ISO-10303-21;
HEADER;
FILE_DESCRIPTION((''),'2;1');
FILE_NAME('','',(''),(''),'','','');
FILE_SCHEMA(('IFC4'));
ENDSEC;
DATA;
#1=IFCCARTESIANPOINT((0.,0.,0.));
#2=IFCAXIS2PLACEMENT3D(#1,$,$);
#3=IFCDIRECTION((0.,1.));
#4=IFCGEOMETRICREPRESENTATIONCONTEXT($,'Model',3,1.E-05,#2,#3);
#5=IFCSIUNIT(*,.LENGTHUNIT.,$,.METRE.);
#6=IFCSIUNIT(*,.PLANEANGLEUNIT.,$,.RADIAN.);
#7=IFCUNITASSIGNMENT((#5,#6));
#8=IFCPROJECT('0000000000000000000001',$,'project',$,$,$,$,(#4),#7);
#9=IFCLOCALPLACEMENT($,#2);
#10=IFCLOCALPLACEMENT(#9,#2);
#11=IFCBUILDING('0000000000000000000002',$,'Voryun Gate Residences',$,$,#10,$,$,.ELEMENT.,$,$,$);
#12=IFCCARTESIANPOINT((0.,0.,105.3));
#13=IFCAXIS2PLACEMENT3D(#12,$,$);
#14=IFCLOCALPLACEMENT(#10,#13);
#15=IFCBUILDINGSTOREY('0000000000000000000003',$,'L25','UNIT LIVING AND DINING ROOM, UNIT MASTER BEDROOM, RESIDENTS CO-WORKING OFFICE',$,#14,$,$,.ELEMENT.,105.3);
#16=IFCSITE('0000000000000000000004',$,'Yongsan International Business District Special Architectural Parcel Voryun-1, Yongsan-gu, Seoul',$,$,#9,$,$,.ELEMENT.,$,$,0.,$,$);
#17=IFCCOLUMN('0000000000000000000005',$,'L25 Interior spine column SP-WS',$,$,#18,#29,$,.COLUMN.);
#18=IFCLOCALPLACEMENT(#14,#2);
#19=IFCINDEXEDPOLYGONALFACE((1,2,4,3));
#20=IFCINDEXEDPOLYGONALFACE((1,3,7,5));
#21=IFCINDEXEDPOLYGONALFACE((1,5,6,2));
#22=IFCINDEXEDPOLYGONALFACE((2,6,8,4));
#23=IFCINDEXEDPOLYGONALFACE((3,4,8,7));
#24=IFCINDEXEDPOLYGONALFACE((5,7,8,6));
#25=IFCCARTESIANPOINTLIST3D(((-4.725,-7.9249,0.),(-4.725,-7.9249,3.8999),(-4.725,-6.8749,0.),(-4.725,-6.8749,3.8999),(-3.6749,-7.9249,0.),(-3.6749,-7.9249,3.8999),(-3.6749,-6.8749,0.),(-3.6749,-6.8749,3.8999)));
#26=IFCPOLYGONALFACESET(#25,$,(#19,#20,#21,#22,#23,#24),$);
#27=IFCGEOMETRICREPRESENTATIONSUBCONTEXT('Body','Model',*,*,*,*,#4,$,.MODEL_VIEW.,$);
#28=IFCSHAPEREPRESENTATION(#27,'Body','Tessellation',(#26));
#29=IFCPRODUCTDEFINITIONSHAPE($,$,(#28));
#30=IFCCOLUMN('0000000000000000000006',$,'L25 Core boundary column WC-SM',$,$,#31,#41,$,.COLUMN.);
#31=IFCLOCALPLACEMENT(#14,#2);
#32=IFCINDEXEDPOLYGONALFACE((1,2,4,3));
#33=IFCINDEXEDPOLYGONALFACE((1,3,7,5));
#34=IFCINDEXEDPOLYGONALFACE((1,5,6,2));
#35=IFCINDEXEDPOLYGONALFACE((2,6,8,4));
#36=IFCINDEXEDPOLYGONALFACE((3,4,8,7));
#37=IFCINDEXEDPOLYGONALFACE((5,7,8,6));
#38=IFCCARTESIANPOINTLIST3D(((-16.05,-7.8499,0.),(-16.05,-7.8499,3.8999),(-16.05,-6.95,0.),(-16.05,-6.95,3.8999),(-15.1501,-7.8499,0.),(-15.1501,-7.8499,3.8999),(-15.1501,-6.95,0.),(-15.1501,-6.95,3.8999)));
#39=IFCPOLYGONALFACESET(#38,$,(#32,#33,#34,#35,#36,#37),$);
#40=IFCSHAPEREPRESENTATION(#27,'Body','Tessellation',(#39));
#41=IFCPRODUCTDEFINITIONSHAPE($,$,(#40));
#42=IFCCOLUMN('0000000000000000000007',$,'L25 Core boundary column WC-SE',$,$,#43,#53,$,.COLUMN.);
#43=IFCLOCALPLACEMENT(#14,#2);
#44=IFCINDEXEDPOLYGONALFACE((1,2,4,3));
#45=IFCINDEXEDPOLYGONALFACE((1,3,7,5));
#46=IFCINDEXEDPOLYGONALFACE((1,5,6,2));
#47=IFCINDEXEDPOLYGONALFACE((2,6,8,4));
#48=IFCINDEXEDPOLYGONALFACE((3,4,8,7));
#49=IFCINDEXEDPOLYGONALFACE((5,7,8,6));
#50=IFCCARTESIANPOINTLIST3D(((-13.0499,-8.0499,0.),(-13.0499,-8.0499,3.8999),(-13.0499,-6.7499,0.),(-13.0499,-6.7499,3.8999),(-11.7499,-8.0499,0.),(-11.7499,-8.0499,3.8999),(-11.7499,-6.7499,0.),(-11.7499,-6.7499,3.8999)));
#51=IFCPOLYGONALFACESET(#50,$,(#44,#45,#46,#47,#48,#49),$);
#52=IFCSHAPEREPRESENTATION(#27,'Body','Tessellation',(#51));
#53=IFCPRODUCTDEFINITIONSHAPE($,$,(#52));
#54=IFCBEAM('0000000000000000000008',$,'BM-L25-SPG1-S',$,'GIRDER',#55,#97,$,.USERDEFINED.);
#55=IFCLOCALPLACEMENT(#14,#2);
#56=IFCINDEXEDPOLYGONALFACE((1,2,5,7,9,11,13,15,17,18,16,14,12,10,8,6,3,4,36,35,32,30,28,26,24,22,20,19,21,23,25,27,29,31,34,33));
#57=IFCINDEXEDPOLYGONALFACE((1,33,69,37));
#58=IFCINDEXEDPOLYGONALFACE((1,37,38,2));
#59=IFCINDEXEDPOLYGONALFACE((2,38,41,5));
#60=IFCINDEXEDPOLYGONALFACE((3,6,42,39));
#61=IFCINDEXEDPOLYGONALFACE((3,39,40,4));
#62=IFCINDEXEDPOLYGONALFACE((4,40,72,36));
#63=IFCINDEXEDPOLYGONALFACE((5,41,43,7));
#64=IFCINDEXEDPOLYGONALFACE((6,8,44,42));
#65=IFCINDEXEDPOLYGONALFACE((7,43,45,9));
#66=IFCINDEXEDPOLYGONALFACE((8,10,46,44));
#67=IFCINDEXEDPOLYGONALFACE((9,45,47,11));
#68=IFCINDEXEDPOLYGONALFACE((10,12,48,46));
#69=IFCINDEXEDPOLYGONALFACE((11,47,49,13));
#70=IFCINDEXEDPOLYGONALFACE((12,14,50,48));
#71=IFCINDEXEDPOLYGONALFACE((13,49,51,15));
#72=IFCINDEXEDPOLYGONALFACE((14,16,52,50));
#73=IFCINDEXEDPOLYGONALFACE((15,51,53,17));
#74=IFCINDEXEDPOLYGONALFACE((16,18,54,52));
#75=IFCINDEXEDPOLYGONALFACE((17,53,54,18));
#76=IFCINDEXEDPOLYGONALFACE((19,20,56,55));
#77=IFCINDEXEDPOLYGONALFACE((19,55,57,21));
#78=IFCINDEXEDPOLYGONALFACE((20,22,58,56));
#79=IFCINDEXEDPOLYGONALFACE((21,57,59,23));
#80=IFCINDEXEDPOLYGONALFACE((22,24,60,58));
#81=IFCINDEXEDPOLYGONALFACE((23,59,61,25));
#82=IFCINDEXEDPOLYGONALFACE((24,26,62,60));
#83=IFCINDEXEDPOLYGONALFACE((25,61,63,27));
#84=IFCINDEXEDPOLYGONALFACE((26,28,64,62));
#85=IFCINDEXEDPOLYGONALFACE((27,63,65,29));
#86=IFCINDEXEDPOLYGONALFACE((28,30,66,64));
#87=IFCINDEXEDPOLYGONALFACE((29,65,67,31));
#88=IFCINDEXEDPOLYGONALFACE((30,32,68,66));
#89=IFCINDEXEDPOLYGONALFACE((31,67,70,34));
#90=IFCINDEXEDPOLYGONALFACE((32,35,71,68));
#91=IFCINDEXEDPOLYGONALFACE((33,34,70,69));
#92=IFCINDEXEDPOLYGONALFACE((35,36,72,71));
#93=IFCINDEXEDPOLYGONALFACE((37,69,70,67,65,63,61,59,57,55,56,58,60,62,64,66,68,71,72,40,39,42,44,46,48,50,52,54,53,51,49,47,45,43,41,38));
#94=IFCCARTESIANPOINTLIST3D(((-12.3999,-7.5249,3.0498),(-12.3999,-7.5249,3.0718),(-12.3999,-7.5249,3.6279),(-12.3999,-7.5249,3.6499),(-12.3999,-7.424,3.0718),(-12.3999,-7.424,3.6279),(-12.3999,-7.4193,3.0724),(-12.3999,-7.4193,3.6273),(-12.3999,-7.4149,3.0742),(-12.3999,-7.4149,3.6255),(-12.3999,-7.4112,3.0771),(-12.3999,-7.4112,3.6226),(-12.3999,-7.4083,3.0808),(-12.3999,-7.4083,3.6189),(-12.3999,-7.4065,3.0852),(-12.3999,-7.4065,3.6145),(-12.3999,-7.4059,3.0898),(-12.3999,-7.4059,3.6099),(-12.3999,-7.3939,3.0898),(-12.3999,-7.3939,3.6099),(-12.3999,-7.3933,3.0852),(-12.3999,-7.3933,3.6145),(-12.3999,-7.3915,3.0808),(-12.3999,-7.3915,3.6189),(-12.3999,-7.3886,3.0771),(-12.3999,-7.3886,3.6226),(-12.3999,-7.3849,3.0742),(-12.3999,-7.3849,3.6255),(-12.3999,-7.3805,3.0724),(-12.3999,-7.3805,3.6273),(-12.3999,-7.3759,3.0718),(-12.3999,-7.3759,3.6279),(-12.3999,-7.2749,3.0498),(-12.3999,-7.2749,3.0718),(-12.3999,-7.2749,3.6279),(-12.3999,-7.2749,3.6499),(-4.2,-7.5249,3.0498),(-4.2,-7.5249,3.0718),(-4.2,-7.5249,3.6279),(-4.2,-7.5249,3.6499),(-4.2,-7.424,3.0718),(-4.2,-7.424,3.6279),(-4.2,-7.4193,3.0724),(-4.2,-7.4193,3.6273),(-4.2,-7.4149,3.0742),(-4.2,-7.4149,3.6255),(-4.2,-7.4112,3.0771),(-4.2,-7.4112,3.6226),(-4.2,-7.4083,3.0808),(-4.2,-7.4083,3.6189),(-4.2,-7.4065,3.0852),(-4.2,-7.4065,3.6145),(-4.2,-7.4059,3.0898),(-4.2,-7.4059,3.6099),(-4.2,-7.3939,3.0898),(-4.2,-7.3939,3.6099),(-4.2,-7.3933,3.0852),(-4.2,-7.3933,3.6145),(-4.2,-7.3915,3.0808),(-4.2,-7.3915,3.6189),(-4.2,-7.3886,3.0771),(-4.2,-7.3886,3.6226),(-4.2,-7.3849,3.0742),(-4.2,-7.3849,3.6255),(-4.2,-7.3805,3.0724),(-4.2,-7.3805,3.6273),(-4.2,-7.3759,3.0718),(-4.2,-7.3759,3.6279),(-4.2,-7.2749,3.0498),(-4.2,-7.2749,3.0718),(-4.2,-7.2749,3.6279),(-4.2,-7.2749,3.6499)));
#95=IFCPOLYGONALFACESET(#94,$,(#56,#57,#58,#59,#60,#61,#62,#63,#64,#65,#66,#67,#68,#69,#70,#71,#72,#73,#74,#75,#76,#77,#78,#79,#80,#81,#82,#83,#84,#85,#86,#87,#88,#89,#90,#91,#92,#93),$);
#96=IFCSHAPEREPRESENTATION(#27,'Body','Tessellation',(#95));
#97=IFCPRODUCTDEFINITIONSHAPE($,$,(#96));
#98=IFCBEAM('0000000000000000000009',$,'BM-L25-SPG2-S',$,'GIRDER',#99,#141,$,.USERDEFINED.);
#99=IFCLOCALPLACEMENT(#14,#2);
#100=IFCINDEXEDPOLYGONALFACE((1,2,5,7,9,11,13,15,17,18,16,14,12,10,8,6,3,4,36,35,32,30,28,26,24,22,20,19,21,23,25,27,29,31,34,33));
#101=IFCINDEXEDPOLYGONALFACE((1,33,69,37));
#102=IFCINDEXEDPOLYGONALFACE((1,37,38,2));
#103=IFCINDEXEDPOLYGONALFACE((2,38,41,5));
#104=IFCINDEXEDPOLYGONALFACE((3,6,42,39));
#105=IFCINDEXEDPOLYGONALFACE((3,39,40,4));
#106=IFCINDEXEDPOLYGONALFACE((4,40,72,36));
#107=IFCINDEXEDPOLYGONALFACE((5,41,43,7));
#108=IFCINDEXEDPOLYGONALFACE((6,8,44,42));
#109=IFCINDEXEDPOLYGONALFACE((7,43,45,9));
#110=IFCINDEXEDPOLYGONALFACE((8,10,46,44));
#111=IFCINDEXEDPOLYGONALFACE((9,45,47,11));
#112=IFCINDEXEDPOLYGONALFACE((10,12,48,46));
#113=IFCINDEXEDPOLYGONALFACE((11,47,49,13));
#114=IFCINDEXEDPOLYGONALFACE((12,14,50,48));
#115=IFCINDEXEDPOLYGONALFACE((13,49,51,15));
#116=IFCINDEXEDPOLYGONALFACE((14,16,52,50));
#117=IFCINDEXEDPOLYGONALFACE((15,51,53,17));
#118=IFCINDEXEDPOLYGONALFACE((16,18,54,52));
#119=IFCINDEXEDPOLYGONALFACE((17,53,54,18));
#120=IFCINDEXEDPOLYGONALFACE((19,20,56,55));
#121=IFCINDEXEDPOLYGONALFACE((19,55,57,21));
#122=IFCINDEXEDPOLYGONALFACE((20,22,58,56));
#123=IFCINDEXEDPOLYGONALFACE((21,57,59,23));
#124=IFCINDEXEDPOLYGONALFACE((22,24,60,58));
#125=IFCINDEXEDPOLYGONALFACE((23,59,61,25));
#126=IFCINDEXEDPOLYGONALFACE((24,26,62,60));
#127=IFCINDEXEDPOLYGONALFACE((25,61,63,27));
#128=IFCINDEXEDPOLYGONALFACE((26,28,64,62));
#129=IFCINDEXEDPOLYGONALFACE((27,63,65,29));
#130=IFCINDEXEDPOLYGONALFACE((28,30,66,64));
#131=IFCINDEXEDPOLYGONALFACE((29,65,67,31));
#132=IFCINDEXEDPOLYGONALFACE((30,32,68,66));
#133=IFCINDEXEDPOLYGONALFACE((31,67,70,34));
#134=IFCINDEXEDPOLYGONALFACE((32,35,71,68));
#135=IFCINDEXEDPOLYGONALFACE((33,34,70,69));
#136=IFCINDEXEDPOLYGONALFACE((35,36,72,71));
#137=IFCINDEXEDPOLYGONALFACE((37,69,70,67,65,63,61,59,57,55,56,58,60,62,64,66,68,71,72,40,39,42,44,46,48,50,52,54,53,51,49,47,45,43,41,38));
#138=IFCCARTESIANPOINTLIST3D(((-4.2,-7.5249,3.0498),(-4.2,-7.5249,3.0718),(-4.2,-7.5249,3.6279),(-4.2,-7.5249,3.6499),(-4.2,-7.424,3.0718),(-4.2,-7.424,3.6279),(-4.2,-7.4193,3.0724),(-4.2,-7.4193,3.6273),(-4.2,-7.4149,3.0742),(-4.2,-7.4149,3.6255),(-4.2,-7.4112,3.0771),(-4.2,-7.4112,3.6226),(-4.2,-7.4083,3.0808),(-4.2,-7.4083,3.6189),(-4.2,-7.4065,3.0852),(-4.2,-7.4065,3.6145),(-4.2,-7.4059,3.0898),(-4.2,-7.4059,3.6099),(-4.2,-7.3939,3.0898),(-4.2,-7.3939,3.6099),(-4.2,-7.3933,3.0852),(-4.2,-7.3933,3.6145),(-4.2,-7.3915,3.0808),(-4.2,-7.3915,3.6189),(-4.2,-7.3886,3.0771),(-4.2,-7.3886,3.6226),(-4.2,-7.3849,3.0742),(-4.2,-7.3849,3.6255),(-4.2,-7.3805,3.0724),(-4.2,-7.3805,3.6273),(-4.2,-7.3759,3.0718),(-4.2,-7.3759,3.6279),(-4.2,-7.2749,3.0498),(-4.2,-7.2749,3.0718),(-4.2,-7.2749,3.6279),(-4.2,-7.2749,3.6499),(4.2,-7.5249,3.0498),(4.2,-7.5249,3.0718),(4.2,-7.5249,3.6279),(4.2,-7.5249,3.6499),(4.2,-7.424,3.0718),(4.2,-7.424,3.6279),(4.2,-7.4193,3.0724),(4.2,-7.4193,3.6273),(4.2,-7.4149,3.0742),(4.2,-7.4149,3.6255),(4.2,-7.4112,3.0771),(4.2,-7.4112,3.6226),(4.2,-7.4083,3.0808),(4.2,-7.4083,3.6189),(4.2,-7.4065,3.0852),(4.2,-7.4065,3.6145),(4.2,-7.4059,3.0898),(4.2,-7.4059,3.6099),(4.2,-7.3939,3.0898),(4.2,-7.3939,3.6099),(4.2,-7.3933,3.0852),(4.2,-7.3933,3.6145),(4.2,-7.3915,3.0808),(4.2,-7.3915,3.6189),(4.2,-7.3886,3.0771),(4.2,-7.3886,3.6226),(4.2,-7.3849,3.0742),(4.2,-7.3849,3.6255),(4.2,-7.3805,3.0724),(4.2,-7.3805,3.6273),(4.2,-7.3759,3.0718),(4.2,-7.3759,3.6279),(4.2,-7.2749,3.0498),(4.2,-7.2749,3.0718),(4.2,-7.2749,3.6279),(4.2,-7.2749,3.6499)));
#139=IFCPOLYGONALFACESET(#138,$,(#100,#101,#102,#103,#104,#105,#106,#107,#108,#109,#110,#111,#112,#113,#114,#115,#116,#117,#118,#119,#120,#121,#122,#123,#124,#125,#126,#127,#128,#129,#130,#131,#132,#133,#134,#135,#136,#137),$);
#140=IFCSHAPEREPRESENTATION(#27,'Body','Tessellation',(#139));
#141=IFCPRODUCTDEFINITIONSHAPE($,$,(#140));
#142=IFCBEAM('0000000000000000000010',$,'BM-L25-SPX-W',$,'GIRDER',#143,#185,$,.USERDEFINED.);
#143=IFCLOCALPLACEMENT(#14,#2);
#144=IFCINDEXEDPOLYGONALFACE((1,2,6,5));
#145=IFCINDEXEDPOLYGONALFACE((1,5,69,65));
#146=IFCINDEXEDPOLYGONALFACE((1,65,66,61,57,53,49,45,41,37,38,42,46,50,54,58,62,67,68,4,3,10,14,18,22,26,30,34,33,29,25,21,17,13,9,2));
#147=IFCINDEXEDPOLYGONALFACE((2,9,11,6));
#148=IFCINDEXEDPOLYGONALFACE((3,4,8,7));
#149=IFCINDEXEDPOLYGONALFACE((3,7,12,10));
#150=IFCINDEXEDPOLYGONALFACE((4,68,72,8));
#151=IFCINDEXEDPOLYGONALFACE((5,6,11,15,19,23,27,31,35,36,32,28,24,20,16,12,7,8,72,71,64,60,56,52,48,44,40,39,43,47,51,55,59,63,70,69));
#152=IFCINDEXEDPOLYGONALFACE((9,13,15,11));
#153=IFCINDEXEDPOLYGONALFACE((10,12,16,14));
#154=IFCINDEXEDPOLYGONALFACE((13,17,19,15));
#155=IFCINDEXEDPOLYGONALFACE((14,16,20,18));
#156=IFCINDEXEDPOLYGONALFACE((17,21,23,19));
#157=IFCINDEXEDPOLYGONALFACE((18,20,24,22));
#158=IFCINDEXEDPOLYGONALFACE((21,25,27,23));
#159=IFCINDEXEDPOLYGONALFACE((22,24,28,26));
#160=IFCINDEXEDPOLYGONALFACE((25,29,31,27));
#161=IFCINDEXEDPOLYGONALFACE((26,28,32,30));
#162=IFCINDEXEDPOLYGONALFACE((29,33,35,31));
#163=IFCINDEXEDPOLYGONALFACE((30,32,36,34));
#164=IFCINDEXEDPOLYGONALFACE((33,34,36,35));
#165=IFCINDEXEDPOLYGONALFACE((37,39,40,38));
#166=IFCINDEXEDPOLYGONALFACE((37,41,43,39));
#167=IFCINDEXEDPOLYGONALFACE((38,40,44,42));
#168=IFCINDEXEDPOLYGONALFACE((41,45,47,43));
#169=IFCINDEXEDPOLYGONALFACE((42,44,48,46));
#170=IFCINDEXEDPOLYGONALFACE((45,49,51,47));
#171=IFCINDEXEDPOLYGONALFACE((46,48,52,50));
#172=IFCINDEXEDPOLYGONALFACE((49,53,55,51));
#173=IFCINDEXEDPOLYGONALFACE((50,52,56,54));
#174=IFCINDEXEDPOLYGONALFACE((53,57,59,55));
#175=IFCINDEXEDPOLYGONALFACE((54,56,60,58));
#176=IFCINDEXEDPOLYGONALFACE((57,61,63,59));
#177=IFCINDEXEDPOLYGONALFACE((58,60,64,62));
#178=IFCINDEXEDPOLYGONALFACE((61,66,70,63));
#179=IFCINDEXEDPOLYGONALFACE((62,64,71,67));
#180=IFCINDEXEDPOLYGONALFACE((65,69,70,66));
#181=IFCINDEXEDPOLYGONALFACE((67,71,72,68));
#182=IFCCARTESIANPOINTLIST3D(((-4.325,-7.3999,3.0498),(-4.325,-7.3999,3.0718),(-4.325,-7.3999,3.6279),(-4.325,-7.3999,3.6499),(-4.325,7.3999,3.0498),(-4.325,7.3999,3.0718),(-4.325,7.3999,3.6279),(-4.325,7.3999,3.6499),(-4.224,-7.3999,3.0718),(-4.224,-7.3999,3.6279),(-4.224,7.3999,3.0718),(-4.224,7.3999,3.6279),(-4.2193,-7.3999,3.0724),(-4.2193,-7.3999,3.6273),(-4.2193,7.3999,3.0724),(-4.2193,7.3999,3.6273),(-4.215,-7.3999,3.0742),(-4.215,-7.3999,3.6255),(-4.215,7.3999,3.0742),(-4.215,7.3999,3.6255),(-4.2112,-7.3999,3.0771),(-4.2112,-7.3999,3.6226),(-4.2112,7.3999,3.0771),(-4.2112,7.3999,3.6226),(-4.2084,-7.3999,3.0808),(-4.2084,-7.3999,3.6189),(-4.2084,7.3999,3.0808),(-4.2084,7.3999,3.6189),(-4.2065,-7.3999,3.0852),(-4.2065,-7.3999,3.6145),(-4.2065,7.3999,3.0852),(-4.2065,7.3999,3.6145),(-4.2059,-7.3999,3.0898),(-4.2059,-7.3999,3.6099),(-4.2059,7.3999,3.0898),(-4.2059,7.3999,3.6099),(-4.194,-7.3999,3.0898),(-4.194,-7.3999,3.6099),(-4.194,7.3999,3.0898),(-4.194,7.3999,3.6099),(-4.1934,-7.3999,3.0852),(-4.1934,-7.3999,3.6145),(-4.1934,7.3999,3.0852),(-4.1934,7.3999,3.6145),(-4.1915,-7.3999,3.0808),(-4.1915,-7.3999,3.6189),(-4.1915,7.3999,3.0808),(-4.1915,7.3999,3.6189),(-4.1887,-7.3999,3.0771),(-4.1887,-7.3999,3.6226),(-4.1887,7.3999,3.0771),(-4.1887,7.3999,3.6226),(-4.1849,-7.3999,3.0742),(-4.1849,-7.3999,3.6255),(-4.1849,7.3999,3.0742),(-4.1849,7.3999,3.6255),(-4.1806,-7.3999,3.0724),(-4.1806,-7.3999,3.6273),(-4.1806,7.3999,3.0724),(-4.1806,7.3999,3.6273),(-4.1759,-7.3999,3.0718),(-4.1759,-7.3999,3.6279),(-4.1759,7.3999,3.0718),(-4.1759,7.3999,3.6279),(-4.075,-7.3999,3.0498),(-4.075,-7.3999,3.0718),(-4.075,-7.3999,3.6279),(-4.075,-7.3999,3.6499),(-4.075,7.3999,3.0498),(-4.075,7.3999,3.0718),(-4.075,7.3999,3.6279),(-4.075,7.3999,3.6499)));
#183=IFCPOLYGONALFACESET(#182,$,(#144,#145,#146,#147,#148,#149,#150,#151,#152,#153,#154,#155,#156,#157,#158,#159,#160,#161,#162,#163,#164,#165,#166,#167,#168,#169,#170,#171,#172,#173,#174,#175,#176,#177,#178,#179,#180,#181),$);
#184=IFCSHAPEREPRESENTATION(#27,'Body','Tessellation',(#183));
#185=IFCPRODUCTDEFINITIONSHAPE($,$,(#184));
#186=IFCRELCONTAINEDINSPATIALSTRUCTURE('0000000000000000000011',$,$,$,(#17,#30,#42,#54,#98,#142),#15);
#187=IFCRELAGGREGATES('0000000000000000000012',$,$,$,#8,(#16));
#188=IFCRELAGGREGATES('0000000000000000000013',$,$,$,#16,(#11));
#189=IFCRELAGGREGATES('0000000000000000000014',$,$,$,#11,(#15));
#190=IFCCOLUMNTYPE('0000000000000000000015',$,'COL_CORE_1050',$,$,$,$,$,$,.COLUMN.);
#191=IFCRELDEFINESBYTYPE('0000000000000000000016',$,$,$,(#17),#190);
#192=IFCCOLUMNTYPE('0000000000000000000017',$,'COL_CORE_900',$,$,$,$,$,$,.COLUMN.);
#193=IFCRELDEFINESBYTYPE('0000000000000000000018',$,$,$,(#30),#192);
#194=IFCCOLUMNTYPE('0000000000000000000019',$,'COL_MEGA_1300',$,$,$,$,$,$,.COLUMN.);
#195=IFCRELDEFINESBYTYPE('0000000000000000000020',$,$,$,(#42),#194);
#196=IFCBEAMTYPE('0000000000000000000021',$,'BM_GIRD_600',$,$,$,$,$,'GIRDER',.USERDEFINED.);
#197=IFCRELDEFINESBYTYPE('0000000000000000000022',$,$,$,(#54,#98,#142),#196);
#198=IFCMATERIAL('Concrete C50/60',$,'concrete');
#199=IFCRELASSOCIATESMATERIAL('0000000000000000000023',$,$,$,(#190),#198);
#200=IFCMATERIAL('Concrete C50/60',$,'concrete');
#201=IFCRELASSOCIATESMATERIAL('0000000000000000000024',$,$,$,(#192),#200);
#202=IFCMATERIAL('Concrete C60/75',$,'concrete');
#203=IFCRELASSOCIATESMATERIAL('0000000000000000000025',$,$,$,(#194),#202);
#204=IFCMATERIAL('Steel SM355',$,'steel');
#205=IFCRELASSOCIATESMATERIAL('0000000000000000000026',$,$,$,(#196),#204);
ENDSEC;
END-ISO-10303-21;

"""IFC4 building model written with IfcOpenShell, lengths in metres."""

from ifc_helpers import new_model, si_unit, direction, frame, origin, origin_2d, place, context, subcontext, project, spatial, rectangle, i_section, extrude, material, material_profile, profile_set, type_object, element, save


model = new_model("IFC4")

# Units and contexts
model_context = context("Model", 3, precision=1e-05, world=origin(), true_north=direction((0.0, 1.0)))
body_context = subcontext(model_context, "Body", "Model", "MODEL_VIEW")
ifc_project = project(units=[si_unit("LENGTHUNIT", "METRE"), si_unit("PLANEANGLEUNIT", "RADIAN")], contexts=[model_context])

# Site, building, storey
site_placement = place(None, origin())
site = spatial("IfcSite", under=ifc_project, at=site_placement, Name="Yongsan International Business District Special Architectural Parcel Voryun-1, Yongsan-gu, Seoul", CompositionType="ELEMENT", RefElevation=0.0)
building_placement = place(site_placement, origin())
building = spatial("IfcBuilding", under=site, at=building_placement, Name="Voryun Gate Residences", CompositionType="ELEMENT")
storey_placement = place(building_placement, frame((0.0, 0.0, 105.3)))
storey = spatial("IfcBuildingStorey", under=building, at=storey_placement, Name="L25", Description="UNIT LIVING AND DINING ROOM, UNIT MASTER BEDROOM, RESIDENTS CO-WORKING OFFICE", CompositionType="ELEMENT", Elevation=105.3)

# Columns
ifc_material_1 = material(Name="Concrete C50/60", Category="concrete")
ifc_material_profile_1 = material_profile(ifc_material_1, rectangle(XDim=1.05, YDim=1.05, at=origin_2d()), Name="RC-1050x1050")
ifc_profile_set_1 = profile_set([ifc_material_profile_1], Name="Concrete C50/60")
column_type_1 = type_object("IfcColumnType", Name="COL_CORE_1050", PredefinedType="COLUMN", material=ifc_profile_set_1)
column_1_placement = place(storey_placement, frame((-4.2, -7.3999, 0.0), z_axis=(0.0, 0.0, 1.0), x_axis=(1.0, 0.0, 0.0)))
element("IfcColumn", 1, at=column_1_placement, inside=storey, type_object=column_type_1, Name="L25 Interior spine column SP-WS", PredefinedType="COLUMN", context=body_context, shape_type="SweptSolid", body=[
    extrude(rectangle(XDim=1.05, YDim=1.05, at=origin_2d()), origin(), (0.0, 0.0, 1.0), 3.8999),
])
ifc_material_2 = material(Name="Concrete C50/60", Category="concrete")
ifc_material_profile_2 = material_profile(ifc_material_2, rectangle(XDim=0.8999, YDim=0.8999, at=origin_2d()), Name="RC-900x900")
ifc_profile_set_2 = profile_set([ifc_material_profile_2], Name="Concrete C50/60")
column_type_2 = type_object("IfcColumnType", Name="COL_CORE_900", PredefinedType="COLUMN", material=ifc_profile_set_2)
column_2_placement = place(storey_placement, frame((-15.6001, -7.3999, 0.0), z_axis=(0.0, 0.0, 1.0), x_axis=(1.0, 0.0, 0.0)))
element("IfcColumn", 2, at=column_2_placement, inside=storey, type_object=column_type_2, Name="L25 Core boundary column WC-SM", PredefinedType="COLUMN", context=body_context, shape_type="SweptSolid", body=[
    extrude(rectangle(XDim=0.8999, YDim=0.8999, at=origin_2d()), origin(), (0.0, 0.0, 1.0), 3.8999),
])
ifc_material_3 = material(Name="Concrete C60/75", Category="concrete")
ifc_material_profile_3 = material_profile(ifc_material_3, rectangle(XDim=1.3, YDim=1.3, at=origin_2d()), Name="RC-1300x1300")
ifc_profile_set_3 = profile_set([ifc_material_profile_3], Name="Concrete C60/75")
column_type_3 = type_object("IfcColumnType", Name="COL_MEGA_1300", PredefinedType="COLUMN", material=ifc_profile_set_3)
column_3_placement = place(storey_placement, frame((-12.3999, -7.3999, 0.0), z_axis=(0.0, 0.0, 1.0), x_axis=(1.0, 0.0, 0.0)))
element("IfcColumn", 3, at=column_3_placement, inside=storey, type_object=column_type_3, Name="L25 Core boundary column WC-SE", PredefinedType="COLUMN", context=body_context, shape_type="SweptSolid", body=[
    extrude(rectangle(XDim=1.3, YDim=1.3, at=origin_2d()), origin(), (0.0, 0.0, 1.0), 3.8999),
])

# Beams
ifc_material_4 = material(Name="Steel SM355", Category="steel")
ifc_material_profile_4 = material_profile(ifc_material_4, i_section(OverallWidth=0.25, OverallDepth=0.6001, WebThickness=0.012, FlangeThickness=0.022, FilletRadius=0.0181, at=origin_2d()), Name="H-600x250x12x22")
ifc_profile_set_4 = profile_set([ifc_material_profile_4], Name="Steel SM355")
beam_type_1 = type_object("IfcBeamType", Name="BM_GIRD_600", ElementType="GIRDER", PredefinedType="USERDEFINED", material=ifc_profile_set_4)
beam_1_placement = place(storey_placement, frame((-12.3999, -7.3999, 3.3499), z_axis=(1.0, 0.0, 0.0), x_axis=(0.0, 1.0, 0.0)))
element("IfcBeam", 4, at=beam_1_placement, inside=storey, type_object=beam_type_1, Name="BM-L25-SPG1-S", ObjectType="GIRDER", PredefinedType="USERDEFINED", context=body_context, shape_type="SweptSolid", body=[
    extrude(i_section(OverallWidth=0.25, OverallDepth=0.6001, WebThickness=0.012, FlangeThickness=0.022, FilletRadius=0.0181, at=origin_2d()), origin(), (0.0, 0.0, 1.0), 8.2),
])
beam_2_placement = place(storey_placement, frame((-4.2, -7.3999, 3.3499), z_axis=(1.0, 0.0, 0.0), x_axis=(0.0, 1.0, 0.0)))
element("IfcBeam", 5, at=beam_2_placement, inside=storey, type_object=beam_type_1, Name="BM-L25-SPG2-S", ObjectType="GIRDER", PredefinedType="USERDEFINED", context=body_context, shape_type="SweptSolid", body=[
    extrude(i_section(OverallWidth=0.25, OverallDepth=0.6001, WebThickness=0.012, FlangeThickness=0.022, FilletRadius=0.0181, at=origin_2d()), origin(), (0.0, 0.0, 1.0), 8.3999),
])
beam_3_placement = place(storey_placement, frame((-4.2, -7.3999, 3.3499), z_axis=(0.0, 1.0, 0.0), x_axis=(-1.0, 0.0, 0.0)))
element("IfcBeam", 6, at=beam_3_placement, inside=storey, type_object=beam_type_1, Name="BM-L25-SPX-W", ObjectType="GIRDER", PredefinedType="USERDEFINED", context=body_context, shape_type="SweptSolid", body=[
    extrude(i_section(OverallWidth=0.25, OverallDepth=0.6001, WebThickness=0.012, FlangeThickness=0.022, FilletRadius=0.0181, at=origin_2d()), origin(), (0.0, 0.0, 1.0), 14.7998),
])

save(model, "model.ifc")
